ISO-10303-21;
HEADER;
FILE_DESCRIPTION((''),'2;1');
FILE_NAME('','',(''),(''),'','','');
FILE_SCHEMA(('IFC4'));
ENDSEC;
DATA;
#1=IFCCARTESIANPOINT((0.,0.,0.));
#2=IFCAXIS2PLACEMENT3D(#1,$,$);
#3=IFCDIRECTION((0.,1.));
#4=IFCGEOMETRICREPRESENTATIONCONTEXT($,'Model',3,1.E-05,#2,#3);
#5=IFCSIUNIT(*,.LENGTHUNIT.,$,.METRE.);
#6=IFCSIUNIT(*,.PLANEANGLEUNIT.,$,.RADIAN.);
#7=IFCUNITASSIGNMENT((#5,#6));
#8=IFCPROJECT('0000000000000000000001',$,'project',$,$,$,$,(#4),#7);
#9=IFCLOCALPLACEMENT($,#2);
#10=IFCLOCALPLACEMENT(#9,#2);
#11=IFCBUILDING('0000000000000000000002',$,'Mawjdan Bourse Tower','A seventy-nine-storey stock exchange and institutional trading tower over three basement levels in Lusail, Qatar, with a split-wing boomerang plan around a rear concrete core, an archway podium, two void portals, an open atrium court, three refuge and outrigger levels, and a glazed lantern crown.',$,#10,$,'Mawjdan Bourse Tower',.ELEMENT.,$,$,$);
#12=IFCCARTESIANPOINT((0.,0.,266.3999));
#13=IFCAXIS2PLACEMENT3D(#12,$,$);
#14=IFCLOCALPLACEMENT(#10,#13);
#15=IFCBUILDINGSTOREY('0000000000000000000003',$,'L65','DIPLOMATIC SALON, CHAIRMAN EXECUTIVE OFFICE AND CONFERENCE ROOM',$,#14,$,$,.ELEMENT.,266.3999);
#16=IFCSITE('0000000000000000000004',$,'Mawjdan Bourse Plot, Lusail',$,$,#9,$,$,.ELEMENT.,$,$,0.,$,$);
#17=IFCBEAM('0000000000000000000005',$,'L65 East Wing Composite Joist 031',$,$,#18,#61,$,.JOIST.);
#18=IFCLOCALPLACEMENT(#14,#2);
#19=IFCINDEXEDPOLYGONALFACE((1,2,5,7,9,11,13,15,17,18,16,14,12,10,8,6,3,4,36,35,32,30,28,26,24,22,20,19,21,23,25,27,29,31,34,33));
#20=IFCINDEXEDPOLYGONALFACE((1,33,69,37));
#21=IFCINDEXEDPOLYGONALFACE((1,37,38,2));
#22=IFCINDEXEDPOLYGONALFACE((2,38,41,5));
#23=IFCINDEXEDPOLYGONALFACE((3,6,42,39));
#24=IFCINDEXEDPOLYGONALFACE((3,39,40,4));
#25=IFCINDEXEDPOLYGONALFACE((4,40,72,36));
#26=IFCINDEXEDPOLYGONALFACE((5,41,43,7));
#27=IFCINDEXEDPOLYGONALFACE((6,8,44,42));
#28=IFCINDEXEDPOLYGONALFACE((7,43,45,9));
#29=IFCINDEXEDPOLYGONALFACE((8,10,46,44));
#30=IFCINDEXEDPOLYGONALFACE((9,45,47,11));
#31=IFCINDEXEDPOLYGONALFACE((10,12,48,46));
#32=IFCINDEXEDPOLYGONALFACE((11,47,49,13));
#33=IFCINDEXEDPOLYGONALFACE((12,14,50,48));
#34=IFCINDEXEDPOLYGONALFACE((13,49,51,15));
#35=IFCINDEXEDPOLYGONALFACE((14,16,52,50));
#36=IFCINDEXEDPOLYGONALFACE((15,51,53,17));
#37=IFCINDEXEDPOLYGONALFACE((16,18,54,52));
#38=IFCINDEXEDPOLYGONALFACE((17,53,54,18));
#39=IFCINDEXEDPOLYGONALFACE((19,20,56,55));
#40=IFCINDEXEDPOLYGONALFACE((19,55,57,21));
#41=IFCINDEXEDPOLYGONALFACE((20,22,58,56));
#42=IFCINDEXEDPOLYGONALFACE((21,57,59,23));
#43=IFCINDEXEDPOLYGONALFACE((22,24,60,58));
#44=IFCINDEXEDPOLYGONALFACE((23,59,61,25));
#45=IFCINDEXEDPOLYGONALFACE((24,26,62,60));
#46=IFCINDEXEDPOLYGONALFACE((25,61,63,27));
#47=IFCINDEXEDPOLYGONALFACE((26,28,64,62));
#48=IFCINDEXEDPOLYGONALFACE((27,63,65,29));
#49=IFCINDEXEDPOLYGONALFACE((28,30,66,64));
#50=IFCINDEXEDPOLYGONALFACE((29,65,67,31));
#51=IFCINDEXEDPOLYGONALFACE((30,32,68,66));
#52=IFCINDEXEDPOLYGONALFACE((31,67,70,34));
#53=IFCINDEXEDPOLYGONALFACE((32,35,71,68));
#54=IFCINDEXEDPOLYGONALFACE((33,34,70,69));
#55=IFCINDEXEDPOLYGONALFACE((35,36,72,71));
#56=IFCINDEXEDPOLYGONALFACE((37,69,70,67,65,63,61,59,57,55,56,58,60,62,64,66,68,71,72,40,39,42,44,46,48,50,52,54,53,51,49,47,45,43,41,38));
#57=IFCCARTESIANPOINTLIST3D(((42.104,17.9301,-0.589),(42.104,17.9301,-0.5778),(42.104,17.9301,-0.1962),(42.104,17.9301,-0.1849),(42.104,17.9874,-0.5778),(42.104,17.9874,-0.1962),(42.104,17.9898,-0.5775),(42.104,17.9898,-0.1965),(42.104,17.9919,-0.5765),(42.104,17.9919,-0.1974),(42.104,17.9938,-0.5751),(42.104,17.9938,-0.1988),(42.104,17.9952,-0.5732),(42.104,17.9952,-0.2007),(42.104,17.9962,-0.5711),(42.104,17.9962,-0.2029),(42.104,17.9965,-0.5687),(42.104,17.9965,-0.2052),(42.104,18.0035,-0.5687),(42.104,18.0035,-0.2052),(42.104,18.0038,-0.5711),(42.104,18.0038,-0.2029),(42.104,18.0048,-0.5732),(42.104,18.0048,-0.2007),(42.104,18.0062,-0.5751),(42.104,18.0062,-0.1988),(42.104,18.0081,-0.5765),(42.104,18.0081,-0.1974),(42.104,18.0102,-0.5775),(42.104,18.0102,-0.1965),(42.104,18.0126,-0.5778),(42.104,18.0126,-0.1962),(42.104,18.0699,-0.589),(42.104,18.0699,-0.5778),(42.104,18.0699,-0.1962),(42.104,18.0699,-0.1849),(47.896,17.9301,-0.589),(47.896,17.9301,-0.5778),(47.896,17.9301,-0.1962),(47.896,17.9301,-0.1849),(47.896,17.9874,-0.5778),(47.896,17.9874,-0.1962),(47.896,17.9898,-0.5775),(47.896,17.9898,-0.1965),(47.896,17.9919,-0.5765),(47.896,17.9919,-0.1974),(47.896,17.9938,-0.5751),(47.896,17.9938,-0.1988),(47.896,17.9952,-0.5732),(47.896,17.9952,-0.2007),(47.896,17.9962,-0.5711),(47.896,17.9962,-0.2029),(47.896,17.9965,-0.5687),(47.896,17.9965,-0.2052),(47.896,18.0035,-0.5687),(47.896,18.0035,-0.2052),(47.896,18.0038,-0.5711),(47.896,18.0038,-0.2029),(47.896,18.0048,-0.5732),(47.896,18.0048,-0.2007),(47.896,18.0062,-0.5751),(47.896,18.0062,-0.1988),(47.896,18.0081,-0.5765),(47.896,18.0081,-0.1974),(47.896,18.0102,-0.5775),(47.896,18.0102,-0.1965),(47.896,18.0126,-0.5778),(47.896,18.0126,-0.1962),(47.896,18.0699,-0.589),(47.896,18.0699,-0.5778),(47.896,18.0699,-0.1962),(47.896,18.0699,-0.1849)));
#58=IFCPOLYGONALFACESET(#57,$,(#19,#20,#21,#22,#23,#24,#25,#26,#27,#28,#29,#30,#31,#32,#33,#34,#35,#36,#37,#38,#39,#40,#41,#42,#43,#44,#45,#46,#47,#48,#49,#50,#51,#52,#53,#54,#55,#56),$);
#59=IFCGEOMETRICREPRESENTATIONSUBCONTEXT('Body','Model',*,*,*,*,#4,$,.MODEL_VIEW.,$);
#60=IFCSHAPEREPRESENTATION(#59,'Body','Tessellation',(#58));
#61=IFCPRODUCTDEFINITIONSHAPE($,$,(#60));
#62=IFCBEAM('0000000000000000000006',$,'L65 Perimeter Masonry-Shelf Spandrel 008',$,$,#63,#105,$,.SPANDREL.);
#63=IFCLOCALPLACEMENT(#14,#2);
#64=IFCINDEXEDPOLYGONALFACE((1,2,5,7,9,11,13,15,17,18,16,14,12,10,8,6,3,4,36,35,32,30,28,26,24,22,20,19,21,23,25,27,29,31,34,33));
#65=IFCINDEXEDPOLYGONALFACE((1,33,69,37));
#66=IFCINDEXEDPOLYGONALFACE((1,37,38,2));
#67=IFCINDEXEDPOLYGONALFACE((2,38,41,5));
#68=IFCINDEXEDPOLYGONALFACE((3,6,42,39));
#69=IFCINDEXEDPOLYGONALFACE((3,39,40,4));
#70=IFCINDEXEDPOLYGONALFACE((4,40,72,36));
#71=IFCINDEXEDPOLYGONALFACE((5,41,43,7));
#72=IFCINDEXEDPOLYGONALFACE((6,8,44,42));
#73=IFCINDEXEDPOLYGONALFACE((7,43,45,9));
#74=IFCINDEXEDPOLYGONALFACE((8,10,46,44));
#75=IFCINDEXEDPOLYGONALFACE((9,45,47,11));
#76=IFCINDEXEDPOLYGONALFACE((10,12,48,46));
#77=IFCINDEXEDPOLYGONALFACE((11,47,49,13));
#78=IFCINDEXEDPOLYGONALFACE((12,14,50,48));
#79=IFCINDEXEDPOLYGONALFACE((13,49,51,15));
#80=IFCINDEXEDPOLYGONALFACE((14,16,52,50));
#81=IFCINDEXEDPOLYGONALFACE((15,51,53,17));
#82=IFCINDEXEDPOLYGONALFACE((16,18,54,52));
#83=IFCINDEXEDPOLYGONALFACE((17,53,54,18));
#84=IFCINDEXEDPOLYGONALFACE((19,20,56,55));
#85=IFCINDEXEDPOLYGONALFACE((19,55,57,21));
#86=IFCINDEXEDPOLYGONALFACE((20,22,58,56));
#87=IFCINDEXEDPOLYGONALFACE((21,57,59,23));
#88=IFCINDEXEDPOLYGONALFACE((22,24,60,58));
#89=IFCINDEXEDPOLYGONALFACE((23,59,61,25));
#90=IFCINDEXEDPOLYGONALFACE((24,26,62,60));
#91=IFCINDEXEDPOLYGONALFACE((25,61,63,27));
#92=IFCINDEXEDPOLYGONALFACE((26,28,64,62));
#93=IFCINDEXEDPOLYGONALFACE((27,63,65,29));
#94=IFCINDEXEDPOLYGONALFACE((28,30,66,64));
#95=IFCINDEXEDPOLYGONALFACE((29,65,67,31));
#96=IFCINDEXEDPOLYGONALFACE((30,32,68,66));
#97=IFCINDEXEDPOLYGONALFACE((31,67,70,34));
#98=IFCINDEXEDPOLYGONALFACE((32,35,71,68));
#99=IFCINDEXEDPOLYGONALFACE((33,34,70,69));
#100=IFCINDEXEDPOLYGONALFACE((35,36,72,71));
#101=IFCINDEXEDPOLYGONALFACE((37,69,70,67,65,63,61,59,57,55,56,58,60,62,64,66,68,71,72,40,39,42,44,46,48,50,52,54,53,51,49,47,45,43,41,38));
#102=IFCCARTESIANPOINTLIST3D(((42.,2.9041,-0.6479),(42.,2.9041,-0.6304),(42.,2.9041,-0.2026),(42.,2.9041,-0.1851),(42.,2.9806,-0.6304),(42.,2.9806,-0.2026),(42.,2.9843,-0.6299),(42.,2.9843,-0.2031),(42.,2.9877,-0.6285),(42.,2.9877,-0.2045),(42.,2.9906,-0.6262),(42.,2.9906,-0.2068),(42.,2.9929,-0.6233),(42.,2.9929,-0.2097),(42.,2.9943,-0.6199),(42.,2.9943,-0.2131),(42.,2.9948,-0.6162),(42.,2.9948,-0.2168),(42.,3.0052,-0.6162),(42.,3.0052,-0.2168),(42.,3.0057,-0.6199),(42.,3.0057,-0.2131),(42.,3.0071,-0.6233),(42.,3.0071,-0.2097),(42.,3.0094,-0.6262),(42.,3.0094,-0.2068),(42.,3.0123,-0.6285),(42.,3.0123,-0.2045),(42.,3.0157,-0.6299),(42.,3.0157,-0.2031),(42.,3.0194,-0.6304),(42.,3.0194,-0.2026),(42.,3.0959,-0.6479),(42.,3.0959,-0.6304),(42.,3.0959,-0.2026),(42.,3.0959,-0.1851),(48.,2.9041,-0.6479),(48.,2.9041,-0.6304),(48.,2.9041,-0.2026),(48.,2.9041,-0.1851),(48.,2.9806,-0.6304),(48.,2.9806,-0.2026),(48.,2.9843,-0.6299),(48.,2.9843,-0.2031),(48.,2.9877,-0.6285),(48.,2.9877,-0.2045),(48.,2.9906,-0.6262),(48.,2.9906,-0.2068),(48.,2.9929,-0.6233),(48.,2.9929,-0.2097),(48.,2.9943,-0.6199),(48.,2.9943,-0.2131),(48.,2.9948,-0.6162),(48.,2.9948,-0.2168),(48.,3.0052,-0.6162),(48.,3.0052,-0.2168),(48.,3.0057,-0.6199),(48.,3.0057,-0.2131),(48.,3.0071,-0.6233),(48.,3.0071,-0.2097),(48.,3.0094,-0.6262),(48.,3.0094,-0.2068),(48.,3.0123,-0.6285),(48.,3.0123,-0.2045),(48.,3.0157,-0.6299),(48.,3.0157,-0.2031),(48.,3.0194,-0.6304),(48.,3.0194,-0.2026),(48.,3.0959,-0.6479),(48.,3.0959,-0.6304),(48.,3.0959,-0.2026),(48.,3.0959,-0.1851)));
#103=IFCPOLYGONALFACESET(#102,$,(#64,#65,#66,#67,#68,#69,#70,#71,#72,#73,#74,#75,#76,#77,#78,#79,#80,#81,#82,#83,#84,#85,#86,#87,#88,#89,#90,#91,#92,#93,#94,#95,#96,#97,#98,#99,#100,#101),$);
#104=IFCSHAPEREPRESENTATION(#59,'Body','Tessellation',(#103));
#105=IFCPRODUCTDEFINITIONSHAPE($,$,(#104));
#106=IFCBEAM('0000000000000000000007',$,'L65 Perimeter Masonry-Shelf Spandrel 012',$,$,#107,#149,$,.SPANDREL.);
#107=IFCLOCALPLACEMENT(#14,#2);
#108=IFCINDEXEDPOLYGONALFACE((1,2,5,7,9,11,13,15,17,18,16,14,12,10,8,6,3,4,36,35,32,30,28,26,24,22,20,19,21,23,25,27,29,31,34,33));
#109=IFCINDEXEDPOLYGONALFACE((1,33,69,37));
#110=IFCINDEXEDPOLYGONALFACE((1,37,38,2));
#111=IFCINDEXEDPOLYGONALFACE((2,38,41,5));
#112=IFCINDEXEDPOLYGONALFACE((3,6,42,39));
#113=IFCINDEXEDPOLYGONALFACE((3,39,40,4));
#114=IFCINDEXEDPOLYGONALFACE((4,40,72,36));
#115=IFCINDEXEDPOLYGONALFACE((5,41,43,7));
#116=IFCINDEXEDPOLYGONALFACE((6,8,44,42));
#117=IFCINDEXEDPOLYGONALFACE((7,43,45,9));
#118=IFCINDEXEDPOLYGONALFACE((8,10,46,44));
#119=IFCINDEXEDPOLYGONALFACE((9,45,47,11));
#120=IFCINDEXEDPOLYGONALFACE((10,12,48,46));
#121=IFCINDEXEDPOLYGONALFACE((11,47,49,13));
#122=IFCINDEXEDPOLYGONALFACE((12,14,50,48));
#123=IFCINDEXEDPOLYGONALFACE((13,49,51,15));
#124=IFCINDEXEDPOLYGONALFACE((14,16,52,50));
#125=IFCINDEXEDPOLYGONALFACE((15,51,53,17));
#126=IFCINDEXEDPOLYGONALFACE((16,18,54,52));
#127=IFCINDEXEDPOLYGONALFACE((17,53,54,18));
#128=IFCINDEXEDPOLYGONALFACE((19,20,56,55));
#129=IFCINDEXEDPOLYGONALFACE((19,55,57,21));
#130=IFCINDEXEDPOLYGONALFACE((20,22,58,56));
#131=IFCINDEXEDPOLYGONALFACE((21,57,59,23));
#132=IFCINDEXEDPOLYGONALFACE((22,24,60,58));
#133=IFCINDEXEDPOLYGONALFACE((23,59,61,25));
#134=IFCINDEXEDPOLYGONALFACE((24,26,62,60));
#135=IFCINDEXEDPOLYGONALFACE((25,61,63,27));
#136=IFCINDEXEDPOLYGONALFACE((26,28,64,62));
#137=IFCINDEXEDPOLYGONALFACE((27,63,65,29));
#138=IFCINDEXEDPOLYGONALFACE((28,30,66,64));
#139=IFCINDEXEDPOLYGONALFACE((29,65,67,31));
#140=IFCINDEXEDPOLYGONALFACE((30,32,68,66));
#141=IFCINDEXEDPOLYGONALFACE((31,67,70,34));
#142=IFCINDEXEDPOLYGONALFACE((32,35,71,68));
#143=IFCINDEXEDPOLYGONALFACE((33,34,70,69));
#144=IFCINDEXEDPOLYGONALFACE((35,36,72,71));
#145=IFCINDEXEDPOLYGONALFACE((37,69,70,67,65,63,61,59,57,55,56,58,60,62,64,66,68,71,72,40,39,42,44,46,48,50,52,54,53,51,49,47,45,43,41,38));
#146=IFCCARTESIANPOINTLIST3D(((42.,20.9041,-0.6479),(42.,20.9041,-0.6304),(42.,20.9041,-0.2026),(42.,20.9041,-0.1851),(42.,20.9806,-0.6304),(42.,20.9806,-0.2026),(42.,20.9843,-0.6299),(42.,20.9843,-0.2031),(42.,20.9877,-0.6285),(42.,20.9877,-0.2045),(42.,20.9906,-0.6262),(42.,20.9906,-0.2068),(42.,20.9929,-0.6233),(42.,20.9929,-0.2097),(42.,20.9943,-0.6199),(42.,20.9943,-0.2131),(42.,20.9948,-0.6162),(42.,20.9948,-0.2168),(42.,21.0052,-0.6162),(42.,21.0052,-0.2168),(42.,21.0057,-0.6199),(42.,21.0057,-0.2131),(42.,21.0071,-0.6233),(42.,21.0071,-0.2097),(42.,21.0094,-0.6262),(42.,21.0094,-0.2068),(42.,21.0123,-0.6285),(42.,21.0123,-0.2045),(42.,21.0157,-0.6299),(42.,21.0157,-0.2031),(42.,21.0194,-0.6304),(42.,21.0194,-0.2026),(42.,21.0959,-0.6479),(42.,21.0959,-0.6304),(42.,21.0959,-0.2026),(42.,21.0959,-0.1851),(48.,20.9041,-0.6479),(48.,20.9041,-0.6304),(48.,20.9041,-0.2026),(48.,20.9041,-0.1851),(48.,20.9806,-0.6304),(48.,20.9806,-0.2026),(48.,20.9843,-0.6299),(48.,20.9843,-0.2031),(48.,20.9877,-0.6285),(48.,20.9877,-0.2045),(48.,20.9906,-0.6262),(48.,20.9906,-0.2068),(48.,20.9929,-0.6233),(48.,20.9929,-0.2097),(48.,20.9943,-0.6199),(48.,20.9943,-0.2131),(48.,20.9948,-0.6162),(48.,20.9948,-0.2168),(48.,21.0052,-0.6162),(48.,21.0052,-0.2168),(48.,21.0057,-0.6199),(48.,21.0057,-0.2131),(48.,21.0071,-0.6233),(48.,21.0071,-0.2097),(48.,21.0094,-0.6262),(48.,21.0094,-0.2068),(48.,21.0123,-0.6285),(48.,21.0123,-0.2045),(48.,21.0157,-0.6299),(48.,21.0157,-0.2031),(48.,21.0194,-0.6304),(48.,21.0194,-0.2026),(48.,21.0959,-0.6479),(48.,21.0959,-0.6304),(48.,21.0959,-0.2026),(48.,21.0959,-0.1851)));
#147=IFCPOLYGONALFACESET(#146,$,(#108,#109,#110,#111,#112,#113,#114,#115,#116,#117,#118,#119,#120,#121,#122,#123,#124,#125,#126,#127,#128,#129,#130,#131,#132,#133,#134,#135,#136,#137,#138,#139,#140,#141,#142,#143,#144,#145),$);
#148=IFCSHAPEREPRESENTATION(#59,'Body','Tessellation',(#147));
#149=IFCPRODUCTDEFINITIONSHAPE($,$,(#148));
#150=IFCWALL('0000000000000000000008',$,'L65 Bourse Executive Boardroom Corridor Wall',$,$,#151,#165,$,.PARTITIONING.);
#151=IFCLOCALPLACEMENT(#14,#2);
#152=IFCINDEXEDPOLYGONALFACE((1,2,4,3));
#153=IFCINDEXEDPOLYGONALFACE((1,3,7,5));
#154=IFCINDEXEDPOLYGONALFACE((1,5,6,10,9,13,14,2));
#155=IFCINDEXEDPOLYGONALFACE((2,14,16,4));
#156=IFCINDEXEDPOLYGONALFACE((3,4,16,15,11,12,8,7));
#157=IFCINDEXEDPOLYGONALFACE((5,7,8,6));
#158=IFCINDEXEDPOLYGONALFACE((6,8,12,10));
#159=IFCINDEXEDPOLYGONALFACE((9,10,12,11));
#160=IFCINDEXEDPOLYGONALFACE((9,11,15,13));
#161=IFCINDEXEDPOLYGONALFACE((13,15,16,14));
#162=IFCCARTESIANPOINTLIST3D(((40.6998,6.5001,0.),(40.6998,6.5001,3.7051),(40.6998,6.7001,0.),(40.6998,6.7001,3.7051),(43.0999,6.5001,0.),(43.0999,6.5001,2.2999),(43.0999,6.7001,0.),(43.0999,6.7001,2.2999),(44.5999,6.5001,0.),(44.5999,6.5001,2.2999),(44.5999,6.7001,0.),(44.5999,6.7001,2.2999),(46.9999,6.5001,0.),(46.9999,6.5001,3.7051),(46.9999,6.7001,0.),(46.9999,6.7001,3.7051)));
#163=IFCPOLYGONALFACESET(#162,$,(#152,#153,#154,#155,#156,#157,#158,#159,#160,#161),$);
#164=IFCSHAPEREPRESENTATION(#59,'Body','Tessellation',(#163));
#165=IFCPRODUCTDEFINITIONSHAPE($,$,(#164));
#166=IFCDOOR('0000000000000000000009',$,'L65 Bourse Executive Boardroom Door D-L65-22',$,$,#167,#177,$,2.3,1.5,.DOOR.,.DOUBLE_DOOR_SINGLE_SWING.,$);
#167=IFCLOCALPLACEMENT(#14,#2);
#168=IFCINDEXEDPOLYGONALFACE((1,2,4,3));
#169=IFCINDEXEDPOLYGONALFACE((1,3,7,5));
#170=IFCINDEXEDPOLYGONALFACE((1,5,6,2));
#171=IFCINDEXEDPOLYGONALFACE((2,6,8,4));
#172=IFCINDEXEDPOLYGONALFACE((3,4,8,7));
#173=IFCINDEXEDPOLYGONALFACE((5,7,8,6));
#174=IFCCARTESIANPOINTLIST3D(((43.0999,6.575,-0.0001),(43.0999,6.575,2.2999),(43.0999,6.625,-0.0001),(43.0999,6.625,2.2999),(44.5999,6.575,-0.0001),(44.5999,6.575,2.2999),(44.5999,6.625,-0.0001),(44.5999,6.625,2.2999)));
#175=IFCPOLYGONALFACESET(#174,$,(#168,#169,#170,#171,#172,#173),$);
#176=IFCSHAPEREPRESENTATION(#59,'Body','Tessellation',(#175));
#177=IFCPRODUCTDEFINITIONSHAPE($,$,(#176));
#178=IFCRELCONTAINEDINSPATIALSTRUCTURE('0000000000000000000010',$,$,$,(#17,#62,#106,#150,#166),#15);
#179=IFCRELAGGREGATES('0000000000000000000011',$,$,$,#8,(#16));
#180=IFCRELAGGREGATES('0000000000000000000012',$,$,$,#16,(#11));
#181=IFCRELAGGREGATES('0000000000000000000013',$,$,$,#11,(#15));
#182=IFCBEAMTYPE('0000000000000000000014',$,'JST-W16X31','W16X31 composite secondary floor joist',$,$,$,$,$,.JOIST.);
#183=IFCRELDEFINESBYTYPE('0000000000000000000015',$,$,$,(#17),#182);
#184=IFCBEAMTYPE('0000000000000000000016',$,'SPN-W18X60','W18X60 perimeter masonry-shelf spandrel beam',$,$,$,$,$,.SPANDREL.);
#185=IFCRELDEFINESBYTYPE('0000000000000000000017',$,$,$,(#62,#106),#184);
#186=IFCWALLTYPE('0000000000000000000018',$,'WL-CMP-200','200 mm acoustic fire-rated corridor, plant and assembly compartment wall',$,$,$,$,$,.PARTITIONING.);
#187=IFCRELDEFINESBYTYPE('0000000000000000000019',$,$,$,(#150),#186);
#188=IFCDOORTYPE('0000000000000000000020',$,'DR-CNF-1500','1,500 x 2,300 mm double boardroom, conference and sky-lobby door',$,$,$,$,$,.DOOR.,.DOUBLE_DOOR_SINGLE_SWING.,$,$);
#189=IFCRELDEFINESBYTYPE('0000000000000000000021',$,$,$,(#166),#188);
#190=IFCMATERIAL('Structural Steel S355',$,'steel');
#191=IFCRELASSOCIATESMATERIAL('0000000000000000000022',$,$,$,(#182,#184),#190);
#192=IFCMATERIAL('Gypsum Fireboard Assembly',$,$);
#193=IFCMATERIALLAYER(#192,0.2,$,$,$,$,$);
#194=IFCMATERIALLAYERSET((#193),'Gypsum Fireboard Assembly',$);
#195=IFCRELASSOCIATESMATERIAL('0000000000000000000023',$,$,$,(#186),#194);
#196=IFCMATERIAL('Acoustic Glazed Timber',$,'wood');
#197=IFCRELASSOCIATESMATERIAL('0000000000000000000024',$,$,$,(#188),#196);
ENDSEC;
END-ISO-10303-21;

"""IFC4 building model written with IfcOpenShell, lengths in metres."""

from ifc_helpers import new_model, si_unit, direction, frame, frame_2d, origin, origin_2d, place, context, subcontext, project, spatial, rectangle, i_section, extrude, material, layer, layer_set, material_profile, profile_set, type_object, element, fill, save


model = new_model("IFC4")

# Units and contexts
model_context = context("Model", 3, precision=1e-05, world=origin(), true_north=direction((0.0, 1.0)))
body_context = subcontext(model_context, "Body", "Model", "MODEL_VIEW")
ifc_project = project(units=[si_unit("LENGTHUNIT", "METRE"), si_unit("PLANEANGLEUNIT", "RADIAN")], contexts=[model_context])

# Site, building, storey
site_placement = place(None, origin())
site = spatial("IfcSite", under=ifc_project, at=site_placement, Name="Mawjdan Bourse Plot, Lusail", CompositionType="ELEMENT", RefElevation=0.0)
building_placement = place(site_placement, origin())
building = spatial("IfcBuilding", under=site, at=building_placement, Name="Mawjdan Bourse Tower", Description="A seventy-nine-storey stock exchange and institutional trading tower over three basement levels in Lusail, Qatar, with a split-wing boomerang plan around a rear concrete core, an archway podium, two void portals, an open atrium court, three refuge and outrigger levels, and a glazed lantern crown.", LongName="Mawjdan Bourse Tower", CompositionType="ELEMENT")
storey_placement = place(building_placement, frame((0.0, 0.0, 266.3999)))
storey = spatial("IfcBuildingStorey", under=building, at=storey_placement, Name="L65", Description="DIPLOMATIC SALON, CHAIRMAN EXECUTIVE OFFICE AND CONFERENCE ROOM", CompositionType="ELEMENT", Elevation=266.3999)

# Beams
ifc_material_1 = material(Name="Structural Steel S355", Category="steel")
ifc_material_profile_1 = material_profile(ifc_material_1, i_section(OverallWidth=0.1399, OverallDepth=0.4041, WebThickness=0.0071, FlangeThickness=0.0112, FilletRadius=0.009, at=origin_2d()), Name="W16X31")
ifc_profile_set_1 = profile_set([ifc_material_profile_1], Name="Structural Steel S355")
beam_type_1 = type_object("IfcBeamType", Name="JST-W16X31", Description="W16X31 composite secondary floor joist", PredefinedType="JOIST", material=ifc_profile_set_1)
beam_1_placement = place(storey_placement, frame((42.104, 18.0, -0.387), z_axis=(1.0, 0.0, 0.0), x_axis=(0.0, 1.0, 0.0)))
element("IfcBeam", 1, at=beam_1_placement, inside=storey, type_object=beam_type_1, Name="L65 East Wing Composite Joist 031", PredefinedType="JOIST", context=body_context, shape_type="SweptSolid", body=[
    extrude(i_section(OverallWidth=0.1399, OverallDepth=0.4041, WebThickness=0.0071, FlangeThickness=0.0112, FilletRadius=0.009, at=origin_2d()), origin(), (0.0, 0.0, 1.0), 5.792),
])
ifc_material_profile_2 = material_profile(ifc_material_1, i_section(OverallWidth=0.1919, OverallDepth=0.4629, WebThickness=0.0105, FlangeThickness=0.0176, FilletRadius=0.0142, at=origin_2d()), Name="W18X60")
ifc_profile_set_2 = profile_set([ifc_material_profile_2], Name="Structural Steel S355")
beam_type_2 = type_object("IfcBeamType", Name="SPN-W18X60", Description="W18X60 perimeter masonry-shelf spandrel beam", PredefinedType="SPANDREL", material=ifc_profile_set_2)
for number, where, z_axis, x_axis, name in (
    (2, (42.0, 3.0, -0.4165), (1.0, 0.0, 0.0), (0.0, 1.0, 0.0), "L65 Perimeter Masonry-Shelf Spandrel 008"),
    (3, (42.0, 21.0, -0.4165), (1.0, 0.0, 0.0), (0.0, 1.0, 0.0), "L65 Perimeter Masonry-Shelf Spandrel 012"),
):
    element("IfcBeam", number, at=place(storey_placement, frame(where, z_axis=z_axis, x_axis=x_axis)), inside=storey, type_object=beam_type_2, Name=name, PredefinedType="SPANDREL", context=body_context, shape_type="SweptSolid", body=[
        extrude(i_section(OverallWidth=0.1919, OverallDepth=0.4629, WebThickness=0.0105, FlangeThickness=0.0176, FilletRadius=0.0142, at=origin_2d()), origin(), (0.0, 0.0, 1.0), 6.0),
    ])

# Wall, opening, door
ifc_material_2 = material(Name="Gypsum Fireboard Assembly")
ifc_layer_1 = layer(ifc_material_2, 0.2)
ifc_layer_set_1 = layer_set([ifc_layer_1], Name="Gypsum Fireboard Assembly")
wall_type_1 = type_object("IfcWallType", Name="WL-CMP-200", Description="200 mm acoustic fire-rated corridor, plant and assembly compartment wall", PredefinedType="PARTITIONING", material=ifc_layer_set_1)
wall_1_placement = place(storey_placement, frame((40.7, 6.6001, 0.0), z_axis=(0.0, 0.0, 1.0), x_axis=(1.0, 0.0, 0.0)))
wall_1 = element("IfcWall", 4, at=wall_1_placement, inside=storey, type_object=wall_type_1, Name="L65 Bourse Executive Boardroom Corridor Wall", PredefinedType="PARTITIONING", context=body_context, shape_type="SweptSolid", body=[
    extrude(rectangle(XDim=6.3, YDim=0.2, at=frame_2d((3.1499, 0.0))), origin(), (0.0, 0.0, 1.0), 3.7051),
])
opening_1_placement = place(wall_1_placement, frame((2.3999, 0.0, 0.0)))
opening_1 = element("IfcOpeningElement", 5, at=opening_1_placement, cuts=wall_1, PredefinedType="OPENING", context=body_context, shape_type="SweptSolid", body=[
    extrude(rectangle(XDim=1.5, YDim=2.3, at=frame_2d((0.75, 1.1499))), frame((0.0, 0.1099, 0.0), z_axis=(0.0, -1.0, 0.0), x_axis=(1.0, 0.0, 0.0)), (0.0, 0.0, 1.0), 0.22),
])
ifc_material_3 = material(Name="Acoustic Glazed Timber", Category="wood")
door_type_1 = type_object("IfcDoorType", Name="DR-CNF-1500", Description="1,500 x 2,300 mm double boardroom, conference and sky-lobby door", OperationType="DOUBLE_DOOR_SINGLE_SWING", PredefinedType="DOOR", material=ifc_material_3)
door_1_placement = place(opening_1_placement, origin())
door_1 = element("IfcDoor", 6, at=door_1_placement, inside=storey, type_object=door_type_1, Name="L65 Bourse Executive Boardroom Door D-L65-22", OperationType="DOUBLE_DOOR_SINGLE_SWING", OverallHeight=2.3, OverallWidth=1.5, PredefinedType="DOOR", context=body_context, shape_type="SweptSolid", body=[
    extrude(rectangle(XDim=1.5, YDim=2.3, at=frame_2d((0.75, 1.1499))), frame((0.0, 0.0249, 0.0), z_axis=(0.0, -1.0, 0.0), x_axis=(1.0, 0.0, 0.0)), (0.0, 0.0, 1.0), 0.05),
])
fill(opening_1, door_1)

save(model, "model.ifc")
